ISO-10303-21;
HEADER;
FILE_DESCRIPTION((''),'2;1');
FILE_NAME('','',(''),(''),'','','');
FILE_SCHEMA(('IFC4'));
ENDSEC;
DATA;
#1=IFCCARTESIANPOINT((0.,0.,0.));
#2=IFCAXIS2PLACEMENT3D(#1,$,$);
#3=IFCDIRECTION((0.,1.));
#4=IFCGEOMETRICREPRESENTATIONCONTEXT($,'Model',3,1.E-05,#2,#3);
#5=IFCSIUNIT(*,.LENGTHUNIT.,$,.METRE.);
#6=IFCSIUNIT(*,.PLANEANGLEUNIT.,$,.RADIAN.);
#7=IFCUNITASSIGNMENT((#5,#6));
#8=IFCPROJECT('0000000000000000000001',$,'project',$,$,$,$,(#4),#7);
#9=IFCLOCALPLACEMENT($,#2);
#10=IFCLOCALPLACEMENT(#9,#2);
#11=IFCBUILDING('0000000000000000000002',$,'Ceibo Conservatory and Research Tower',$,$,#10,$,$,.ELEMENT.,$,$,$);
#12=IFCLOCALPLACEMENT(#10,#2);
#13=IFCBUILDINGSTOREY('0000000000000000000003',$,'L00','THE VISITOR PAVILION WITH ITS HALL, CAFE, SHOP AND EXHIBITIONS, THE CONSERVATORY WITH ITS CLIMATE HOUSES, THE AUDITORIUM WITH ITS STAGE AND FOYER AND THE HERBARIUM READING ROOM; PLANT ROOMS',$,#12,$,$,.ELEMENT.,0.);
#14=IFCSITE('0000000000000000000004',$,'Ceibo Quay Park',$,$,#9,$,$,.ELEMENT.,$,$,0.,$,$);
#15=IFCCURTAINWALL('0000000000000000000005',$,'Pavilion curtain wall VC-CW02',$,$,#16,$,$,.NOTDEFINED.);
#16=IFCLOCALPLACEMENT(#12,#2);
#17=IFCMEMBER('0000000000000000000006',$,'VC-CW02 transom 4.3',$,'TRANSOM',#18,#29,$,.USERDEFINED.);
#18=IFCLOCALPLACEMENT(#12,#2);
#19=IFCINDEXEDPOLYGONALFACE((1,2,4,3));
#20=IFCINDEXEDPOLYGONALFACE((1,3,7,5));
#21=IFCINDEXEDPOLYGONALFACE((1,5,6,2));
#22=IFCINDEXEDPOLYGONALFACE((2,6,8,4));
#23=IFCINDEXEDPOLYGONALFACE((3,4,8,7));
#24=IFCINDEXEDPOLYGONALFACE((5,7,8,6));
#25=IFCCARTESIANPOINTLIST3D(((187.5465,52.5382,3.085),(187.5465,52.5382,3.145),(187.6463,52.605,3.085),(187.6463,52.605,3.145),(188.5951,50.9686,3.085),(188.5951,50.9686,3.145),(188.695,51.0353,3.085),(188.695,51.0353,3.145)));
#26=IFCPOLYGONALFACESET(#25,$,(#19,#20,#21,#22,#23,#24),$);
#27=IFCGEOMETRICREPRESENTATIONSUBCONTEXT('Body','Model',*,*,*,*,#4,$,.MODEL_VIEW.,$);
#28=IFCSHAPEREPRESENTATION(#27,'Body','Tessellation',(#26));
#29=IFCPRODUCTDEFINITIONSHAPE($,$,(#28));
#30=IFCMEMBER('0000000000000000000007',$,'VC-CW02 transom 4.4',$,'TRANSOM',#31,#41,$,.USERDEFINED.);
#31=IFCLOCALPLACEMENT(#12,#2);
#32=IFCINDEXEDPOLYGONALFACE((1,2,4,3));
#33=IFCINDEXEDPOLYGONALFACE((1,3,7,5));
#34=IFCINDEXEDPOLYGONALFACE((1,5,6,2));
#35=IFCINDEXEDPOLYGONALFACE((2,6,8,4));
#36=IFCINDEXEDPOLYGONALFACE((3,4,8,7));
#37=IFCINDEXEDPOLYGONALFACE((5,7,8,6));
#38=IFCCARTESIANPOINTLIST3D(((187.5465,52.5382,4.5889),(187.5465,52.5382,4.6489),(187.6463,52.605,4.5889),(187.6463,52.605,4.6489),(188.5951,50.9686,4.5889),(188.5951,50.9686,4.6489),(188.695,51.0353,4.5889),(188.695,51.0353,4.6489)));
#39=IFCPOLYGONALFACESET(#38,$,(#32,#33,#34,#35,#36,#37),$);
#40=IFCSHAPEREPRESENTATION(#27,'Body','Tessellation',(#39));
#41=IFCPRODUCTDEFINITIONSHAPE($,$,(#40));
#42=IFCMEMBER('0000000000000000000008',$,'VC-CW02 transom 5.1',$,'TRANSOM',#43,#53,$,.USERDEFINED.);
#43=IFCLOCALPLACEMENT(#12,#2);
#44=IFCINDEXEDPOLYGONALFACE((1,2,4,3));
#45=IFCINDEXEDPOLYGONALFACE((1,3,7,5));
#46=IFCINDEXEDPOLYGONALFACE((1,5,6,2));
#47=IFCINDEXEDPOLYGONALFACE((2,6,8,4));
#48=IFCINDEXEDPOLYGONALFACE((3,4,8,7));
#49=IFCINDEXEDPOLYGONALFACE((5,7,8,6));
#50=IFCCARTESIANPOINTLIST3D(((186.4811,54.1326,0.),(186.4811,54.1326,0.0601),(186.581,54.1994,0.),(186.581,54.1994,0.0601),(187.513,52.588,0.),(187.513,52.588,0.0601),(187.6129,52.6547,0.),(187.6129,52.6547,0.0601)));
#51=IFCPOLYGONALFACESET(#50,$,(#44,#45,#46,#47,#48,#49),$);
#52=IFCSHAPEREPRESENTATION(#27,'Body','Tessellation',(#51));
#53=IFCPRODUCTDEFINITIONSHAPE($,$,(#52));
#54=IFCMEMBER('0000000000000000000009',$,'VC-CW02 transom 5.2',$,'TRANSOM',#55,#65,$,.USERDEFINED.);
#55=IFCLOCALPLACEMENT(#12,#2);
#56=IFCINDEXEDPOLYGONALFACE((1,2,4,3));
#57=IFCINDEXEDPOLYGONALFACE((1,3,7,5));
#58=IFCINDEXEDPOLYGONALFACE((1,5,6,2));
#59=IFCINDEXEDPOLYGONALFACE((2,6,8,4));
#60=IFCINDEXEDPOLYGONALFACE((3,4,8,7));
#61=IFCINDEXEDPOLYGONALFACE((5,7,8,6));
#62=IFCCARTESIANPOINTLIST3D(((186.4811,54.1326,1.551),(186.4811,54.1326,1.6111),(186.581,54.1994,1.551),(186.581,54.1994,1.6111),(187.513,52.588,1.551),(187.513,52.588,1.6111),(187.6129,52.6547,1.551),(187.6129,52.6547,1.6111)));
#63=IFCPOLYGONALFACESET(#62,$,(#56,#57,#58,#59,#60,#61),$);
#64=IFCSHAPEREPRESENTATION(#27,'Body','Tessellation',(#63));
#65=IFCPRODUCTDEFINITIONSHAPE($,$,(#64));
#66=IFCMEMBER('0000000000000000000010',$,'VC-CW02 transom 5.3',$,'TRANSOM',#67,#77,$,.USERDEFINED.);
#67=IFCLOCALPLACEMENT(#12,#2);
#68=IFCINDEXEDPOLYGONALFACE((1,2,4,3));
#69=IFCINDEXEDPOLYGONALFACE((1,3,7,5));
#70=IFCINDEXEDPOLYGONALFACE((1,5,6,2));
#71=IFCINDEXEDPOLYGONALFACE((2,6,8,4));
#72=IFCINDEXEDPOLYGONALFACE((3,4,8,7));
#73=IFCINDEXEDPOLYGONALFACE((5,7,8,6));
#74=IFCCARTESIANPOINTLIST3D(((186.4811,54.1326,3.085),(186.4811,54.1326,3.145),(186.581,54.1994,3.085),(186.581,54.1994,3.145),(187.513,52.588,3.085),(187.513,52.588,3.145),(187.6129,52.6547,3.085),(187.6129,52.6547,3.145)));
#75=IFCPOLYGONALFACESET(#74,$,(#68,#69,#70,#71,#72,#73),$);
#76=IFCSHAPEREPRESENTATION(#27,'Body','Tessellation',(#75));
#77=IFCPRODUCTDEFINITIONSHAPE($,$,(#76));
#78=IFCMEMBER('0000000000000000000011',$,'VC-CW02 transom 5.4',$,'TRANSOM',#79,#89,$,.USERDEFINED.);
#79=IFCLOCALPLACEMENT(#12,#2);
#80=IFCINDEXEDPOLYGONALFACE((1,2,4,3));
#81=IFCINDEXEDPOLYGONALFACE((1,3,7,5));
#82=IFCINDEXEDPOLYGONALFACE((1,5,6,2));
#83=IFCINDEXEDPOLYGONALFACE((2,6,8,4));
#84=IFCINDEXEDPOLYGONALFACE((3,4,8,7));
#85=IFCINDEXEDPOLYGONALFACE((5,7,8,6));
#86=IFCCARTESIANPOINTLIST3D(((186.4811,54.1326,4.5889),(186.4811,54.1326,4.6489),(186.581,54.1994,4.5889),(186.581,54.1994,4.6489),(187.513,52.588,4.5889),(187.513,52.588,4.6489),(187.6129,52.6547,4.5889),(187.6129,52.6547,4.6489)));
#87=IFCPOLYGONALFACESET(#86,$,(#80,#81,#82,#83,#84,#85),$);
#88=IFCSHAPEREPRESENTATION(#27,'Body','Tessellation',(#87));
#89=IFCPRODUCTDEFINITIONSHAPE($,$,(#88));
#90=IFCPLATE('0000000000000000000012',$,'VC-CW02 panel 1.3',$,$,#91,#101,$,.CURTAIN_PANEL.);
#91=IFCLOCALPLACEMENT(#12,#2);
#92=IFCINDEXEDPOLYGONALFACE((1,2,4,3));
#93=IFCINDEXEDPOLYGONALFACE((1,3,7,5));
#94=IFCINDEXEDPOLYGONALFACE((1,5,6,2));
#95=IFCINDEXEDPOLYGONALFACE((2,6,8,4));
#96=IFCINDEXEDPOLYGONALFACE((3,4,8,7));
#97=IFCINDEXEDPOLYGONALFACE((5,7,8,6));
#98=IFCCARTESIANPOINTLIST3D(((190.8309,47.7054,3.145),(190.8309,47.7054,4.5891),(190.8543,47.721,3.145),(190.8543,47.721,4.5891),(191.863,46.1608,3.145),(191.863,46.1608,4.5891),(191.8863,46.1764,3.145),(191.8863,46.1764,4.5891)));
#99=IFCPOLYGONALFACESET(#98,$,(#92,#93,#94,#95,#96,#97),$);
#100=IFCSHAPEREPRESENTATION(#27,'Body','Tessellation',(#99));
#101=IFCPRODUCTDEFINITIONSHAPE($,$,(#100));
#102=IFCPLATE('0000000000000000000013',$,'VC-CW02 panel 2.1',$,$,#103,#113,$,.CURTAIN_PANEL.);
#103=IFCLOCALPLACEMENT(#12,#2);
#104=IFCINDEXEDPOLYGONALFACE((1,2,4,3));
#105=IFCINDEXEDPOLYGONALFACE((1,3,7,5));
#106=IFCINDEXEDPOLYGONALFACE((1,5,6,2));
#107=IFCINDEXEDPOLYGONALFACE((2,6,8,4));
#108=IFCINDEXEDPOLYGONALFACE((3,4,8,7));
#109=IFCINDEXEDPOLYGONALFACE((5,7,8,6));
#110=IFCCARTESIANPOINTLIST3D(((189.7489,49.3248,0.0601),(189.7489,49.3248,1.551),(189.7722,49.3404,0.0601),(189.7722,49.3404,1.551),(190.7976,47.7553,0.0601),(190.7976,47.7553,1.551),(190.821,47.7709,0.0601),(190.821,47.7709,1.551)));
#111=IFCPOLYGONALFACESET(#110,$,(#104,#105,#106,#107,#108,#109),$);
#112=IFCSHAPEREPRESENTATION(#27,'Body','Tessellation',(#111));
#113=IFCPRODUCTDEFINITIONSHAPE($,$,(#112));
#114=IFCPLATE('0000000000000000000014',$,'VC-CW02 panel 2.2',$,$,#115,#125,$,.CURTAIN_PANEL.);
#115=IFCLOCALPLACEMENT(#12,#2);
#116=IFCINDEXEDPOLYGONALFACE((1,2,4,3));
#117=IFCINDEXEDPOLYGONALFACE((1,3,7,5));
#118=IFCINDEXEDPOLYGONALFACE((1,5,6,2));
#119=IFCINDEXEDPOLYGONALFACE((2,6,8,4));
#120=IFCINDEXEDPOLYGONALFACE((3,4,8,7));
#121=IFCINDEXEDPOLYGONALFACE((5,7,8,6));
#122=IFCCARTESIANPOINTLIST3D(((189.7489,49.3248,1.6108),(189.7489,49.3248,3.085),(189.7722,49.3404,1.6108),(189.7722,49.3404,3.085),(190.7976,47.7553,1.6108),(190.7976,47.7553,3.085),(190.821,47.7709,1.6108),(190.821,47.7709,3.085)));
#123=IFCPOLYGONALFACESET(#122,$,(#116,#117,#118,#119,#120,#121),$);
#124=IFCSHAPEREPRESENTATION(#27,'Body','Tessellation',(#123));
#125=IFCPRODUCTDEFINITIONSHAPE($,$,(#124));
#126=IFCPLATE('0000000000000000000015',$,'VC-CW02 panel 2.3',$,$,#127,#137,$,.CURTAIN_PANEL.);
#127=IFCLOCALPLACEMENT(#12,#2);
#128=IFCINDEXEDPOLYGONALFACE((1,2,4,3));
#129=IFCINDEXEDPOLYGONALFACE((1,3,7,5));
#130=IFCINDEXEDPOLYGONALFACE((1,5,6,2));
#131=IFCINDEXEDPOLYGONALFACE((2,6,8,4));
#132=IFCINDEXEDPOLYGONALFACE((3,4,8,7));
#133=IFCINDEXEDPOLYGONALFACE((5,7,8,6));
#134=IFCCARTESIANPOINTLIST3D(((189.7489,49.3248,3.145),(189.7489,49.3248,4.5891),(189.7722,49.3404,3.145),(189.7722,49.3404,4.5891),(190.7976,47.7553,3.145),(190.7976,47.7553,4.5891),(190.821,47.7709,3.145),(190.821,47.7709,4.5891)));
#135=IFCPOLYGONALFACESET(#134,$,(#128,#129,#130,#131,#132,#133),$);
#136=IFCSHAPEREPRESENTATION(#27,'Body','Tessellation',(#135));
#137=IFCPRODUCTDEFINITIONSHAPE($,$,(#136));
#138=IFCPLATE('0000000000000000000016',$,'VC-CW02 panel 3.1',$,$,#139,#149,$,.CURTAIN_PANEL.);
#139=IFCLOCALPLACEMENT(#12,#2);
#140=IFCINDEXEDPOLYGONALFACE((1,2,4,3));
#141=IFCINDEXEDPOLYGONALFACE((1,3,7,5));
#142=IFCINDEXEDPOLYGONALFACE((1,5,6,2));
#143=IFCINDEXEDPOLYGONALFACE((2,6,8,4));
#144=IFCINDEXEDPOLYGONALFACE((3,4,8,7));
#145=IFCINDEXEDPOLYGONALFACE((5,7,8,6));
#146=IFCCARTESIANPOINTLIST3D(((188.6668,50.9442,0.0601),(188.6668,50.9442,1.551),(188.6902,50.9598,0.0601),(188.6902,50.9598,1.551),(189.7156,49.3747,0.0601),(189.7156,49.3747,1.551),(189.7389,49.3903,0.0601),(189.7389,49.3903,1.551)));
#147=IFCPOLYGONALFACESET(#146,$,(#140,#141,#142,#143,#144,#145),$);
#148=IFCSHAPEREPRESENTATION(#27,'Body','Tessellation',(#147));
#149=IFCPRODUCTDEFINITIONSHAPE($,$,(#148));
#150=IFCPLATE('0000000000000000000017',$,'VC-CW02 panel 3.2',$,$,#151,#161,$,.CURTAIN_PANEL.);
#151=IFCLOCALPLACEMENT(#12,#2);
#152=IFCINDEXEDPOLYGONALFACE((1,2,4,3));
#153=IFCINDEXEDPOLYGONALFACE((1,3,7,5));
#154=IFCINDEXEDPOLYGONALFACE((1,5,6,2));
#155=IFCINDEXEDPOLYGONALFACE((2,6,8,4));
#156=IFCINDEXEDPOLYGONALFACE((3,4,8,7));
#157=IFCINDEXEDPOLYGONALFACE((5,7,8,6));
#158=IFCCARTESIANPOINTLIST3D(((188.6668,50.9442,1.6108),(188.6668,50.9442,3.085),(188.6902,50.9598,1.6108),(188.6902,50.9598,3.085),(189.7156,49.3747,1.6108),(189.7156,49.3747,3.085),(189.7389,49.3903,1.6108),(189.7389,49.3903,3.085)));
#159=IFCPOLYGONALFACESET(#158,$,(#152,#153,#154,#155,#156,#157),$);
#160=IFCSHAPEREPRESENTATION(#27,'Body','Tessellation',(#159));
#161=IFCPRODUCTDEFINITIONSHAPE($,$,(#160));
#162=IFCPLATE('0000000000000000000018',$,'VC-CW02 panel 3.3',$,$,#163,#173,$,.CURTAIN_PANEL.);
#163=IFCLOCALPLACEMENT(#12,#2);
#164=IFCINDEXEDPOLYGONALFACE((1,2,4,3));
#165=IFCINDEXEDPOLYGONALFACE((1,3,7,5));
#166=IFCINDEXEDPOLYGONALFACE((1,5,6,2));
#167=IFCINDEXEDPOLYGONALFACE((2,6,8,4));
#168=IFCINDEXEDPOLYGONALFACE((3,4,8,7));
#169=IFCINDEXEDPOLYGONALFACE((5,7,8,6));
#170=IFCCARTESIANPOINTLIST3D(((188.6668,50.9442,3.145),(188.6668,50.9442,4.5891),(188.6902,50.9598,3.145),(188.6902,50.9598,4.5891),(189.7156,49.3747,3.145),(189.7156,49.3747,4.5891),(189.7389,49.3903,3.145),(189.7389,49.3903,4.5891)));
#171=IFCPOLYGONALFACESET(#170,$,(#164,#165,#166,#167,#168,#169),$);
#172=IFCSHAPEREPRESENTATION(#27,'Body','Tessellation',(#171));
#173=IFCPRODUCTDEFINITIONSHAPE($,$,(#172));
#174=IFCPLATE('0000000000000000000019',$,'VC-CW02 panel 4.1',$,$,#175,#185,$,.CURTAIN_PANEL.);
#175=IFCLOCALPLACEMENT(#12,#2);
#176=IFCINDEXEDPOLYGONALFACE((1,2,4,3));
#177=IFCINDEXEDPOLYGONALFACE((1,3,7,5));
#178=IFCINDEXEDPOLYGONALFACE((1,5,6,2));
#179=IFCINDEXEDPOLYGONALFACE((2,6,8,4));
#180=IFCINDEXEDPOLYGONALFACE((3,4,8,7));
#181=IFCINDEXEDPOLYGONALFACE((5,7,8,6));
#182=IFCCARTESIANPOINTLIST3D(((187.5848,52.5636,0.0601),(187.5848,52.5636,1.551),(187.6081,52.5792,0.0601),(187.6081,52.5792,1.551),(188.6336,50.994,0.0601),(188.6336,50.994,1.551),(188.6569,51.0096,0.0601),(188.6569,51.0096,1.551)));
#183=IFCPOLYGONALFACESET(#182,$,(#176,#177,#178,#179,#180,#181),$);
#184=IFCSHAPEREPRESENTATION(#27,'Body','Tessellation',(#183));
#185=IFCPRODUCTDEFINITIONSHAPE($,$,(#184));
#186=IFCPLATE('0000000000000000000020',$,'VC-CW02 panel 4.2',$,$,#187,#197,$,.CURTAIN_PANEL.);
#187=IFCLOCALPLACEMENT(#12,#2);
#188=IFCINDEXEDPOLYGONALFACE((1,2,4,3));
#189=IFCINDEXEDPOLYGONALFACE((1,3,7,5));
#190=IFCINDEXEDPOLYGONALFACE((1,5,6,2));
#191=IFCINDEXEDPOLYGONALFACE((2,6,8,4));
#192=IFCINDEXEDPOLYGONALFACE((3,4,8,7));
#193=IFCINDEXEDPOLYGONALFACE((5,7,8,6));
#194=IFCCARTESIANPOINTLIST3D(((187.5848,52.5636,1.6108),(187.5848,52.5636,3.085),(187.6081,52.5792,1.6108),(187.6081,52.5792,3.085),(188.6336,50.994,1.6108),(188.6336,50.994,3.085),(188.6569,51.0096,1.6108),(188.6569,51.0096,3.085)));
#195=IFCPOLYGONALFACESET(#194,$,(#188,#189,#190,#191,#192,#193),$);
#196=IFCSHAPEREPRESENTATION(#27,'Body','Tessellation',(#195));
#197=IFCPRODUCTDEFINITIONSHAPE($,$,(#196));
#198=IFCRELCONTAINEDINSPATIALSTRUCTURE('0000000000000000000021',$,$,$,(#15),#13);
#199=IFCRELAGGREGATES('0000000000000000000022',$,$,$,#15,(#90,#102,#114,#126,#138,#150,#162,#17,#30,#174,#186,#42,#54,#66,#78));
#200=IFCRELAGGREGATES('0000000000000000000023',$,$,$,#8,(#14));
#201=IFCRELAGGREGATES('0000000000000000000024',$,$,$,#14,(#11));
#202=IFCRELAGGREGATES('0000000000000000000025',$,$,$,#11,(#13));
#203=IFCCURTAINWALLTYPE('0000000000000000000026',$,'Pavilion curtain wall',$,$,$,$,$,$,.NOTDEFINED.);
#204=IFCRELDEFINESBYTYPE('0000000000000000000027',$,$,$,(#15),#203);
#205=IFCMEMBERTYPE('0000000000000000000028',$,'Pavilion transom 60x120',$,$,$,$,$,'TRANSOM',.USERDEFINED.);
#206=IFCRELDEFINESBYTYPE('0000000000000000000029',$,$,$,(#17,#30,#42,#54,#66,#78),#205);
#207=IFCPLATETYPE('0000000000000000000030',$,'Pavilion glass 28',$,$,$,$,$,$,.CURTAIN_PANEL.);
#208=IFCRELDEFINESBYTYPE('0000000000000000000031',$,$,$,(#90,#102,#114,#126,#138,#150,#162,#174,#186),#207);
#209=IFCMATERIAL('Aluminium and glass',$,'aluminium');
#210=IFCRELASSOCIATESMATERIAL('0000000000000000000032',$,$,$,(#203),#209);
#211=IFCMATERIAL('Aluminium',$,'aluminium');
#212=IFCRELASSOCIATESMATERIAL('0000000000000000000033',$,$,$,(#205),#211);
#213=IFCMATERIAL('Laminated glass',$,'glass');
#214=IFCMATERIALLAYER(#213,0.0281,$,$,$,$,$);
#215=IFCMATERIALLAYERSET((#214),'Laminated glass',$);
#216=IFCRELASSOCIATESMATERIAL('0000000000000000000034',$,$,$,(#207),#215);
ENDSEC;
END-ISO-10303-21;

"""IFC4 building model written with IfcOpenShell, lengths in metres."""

from ifc_helpers import new_model, si_unit, direction, frame, origin, origin_2d, place, context, subcontext, project, spatial, rectangle, extrude, material, layer, layer_set, material_profile, profile_set, type_object, element, aggregate, save


model = new_model("IFC4")

# Units and contexts
model_context = context("Model", 3, precision=1e-05, world=origin(), true_north=direction((0.0, 1.0)))
body_context = subcontext(model_context, "Body", "Model", "MODEL_VIEW")
ifc_project = project(units=[si_unit("LENGTHUNIT", "METRE"), si_unit("PLANEANGLEUNIT", "RADIAN")], contexts=[model_context])

# Site, building, storey
site_placement = place(None, origin())
site = spatial("IfcSite", under=ifc_project, at=site_placement, Name="Ceibo Quay Park", CompositionType="ELEMENT", RefElevation=0.0)
building_placement = place(site_placement, origin())
building = spatial("IfcBuilding", under=site, at=building_placement, Name="Ceibo Conservatory and Research Tower", CompositionType="ELEMENT")
storey_placement = place(building_placement, origin())
storey = spatial("IfcBuildingStorey", under=building, at=storey_placement, Name="L00", Description="THE VISITOR PAVILION WITH ITS HALL, CAFE, SHOP AND EXHIBITIONS, THE CONSERVATORY WITH ITS CLIMATE HOUSES, THE AUDITORIUM WITH ITS STAGE AND FOYER AND THE HERBARIUM READING ROOM; PLANT ROOMS", CompositionType="ELEMENT", Elevation=0.0)

# Curtain wall, members, plates
ifc_material_1 = material(Name="Aluminium and glass", Category="aluminium")
curtain_wall_type = type_object("IfcCurtainWallType", Name="Pavilion curtain wall", PredefinedType="NOTDEFINED", material=ifc_material_1)
curtain_wall_placement = place(storey_placement, origin())
curtain_wall = element("IfcCurtainWall", 1, at=curtain_wall_placement, inside=storey, type_object=curtain_wall_type, Name="Pavilion curtain wall VC-CW02", PredefinedType="NOTDEFINED")
ifc_material_2 = material(Name="Aluminium", Category="aluminium")
ifc_material_profile_1 = material_profile(ifc_material_2, rectangle(XDim=0.1201, YDim=0.0601, at=origin_2d()), Name="AL 60x120")
ifc_profile_set_1 = profile_set([ifc_material_profile_1], Name="Aluminium")
member_type_1 = type_object("IfcMemberType", Name="Pavilion transom 60x120", ElementType="TRANSOM", PredefinedType="USERDEFINED", material=ifc_profile_set_1)
member_1_placement = place(storey_placement, frame((188.645, 51.002, 3.115), z_axis=(-0.555506, 0.831513, 0.0), x_axis=(-0.831513, -0.555506, 0.0)))
member_1 = element("IfcMember", 2, at=member_1_placement, type_object=member_type_1, Name="VC-CW02 transom 4.3", ObjectType="TRANSOM", PredefinedType="USERDEFINED", context=body_context, shape_type="SweptSolid", body=[
    extrude(rectangle(XDim=0.1201, YDim=0.0601, at=origin_2d()), origin(), (0.0, 0.0, 1.0), 1.8877),
])
member_2_placement = place(storey_placement, frame((188.645, 51.002, 4.6189), z_axis=(-0.555506, 0.831513, 0.0), x_axis=(-0.831513, -0.555506, 0.0)))
member_2 = element("IfcMember", 3, at=member_2_placement, type_object=member_type_1, Name="VC-CW02 transom 4.4", ObjectType="TRANSOM", PredefinedType="USERDEFINED", context=body_context, shape_type="SweptSolid", body=[
    extrude(rectangle(XDim=0.1201, YDim=0.0601, at=origin_2d()), origin(), (0.0, 0.0, 1.0), 1.8877),
])
member_3_placement = place(storey_placement, frame((187.563, 52.6213, 0.03), z_axis=(-0.555519, 0.831504, 0.0), x_axis=(-0.831504, -0.555519, 0.0)))
member_3 = element("IfcMember", 4, at=member_3_placement, type_object=member_type_1, Name="VC-CW02 transom 5.1", ObjectType="TRANSOM", PredefinedType="USERDEFINED", context=body_context, shape_type="SweptSolid", body=[
    extrude(rectangle(XDim=0.1201, YDim=0.0601, at=origin_2d()), origin(), (0.0, 0.0, 1.0), 1.8577),
])
member_4_placement = place(storey_placement, frame((187.563, 52.6213, 1.5811), z_axis=(-0.555519, 0.831504, 0.0), x_axis=(-0.831504, -0.555519, 0.0)))
member_4 = element("IfcMember", 5, at=member_4_placement, type_object=member_type_1, Name="VC-CW02 transom 5.2", ObjectType="TRANSOM", PredefinedType="USERDEFINED", context=body_context, shape_type="SweptSolid", body=[
    extrude(rectangle(XDim=0.1201, YDim=0.0601, at=origin_2d()), origin(), (0.0, 0.0, 1.0), 1.8577),
])
member_5_placement = place(storey_placement, frame((187.563, 52.6213, 3.115), z_axis=(-0.555519, 0.831504, 0.0), x_axis=(-0.831504, -0.555519, 0.0)))
member_5 = element("IfcMember", 6, at=member_5_placement, type_object=member_type_1, Name="VC-CW02 transom 5.3", ObjectType="TRANSOM", PredefinedType="USERDEFINED", context=body_context, shape_type="SweptSolid", body=[
    extrude(rectangle(XDim=0.1201, YDim=0.0601, at=origin_2d()), origin(), (0.0, 0.0, 1.0), 1.8577),
])
member_6_placement = place(storey_placement, frame((187.563, 52.6213, 4.6189), z_axis=(-0.555519, 0.831504, 0.0), x_axis=(-0.831504, -0.555519, 0.0)))
member_6 = element("IfcMember", 7, at=member_6_placement, type_object=member_type_1, Name="VC-CW02 transom 5.4", ObjectType="TRANSOM", PredefinedType="USERDEFINED", context=body_context, shape_type="SweptSolid", body=[
    extrude(rectangle(XDim=0.1201, YDim=0.0601, at=origin_2d()), origin(), (0.0, 0.0, 1.0), 1.8577),
])
ifc_material_3 = material(Name="Laminated glass", Category="glass")
ifc_layer = layer(ifc_material_3, 0.0281)
ifc_layer_set = layer_set([ifc_layer], Name="Laminated glass")
plate_type = type_object("IfcPlateType", Name="Pavilion glass 28", PredefinedType="CURTAIN_PANEL", material=ifc_layer_set)
plate_1_placement = place(storey_placement, frame((191.3586, 46.9409, 3.145), z_axis=(0.0, 0.0, 1.0), x_axis=(-0.55557, 0.83147, 0.0)))
plate_1 = element("IfcPlate", 8, at=plate_1_placement, type_object=plate_type, Name="VC-CW02 panel 1.3", PredefinedType="CURTAIN_PANEL", context=body_context, shape_type="SweptSolid", body=[
    extrude(rectangle(XDim=1.8577, YDim=0.0281, at=origin_2d()), origin(), (0.0, 0.0, 1.0), 1.4441),
])
plate_2_placement = place(storey_placement, frame((190.2849, 48.5479, 0.0601), z_axis=(0.0, 0.0, 1.0), x_axis=(-0.55557, 0.83147, 0.0)))
plate_2 = element("IfcPlate", 9, at=plate_2_placement, type_object=plate_type, Name="VC-CW02 panel 2.1", PredefinedType="CURTAIN_PANEL", context=body_context, shape_type="SweptSolid", body=[
    extrude(rectangle(XDim=1.8877, YDim=0.0281, at=origin_2d()), origin(), (0.0, 0.0, 1.0), 1.491),
])
plate_3_placement = place(storey_placement, frame((190.2849, 48.5479, 1.6108), z_axis=(0.0, 0.0, 1.0), x_axis=(-0.55557, 0.83147, 0.0)))
plate_3 = element("IfcPlate", 10, at=plate_3_placement, type_object=plate_type, Name="VC-CW02 panel 2.2", PredefinedType="CURTAIN_PANEL", context=body_context, shape_type="SweptSolid", body=[
    extrude(rectangle(XDim=1.8877, YDim=0.0281, at=origin_2d()), origin(), (0.0, 0.0, 1.0), 1.4741),
])
plate_4_placement = place(storey_placement, frame((190.2849, 48.5479, 3.145), z_axis=(0.0, 0.0, 1.0), x_axis=(-0.55557, 0.83147, 0.0)))
plate_4 = element("IfcPlate", 11, at=plate_4_placement, type_object=plate_type, Name="VC-CW02 panel 2.3", PredefinedType="CURTAIN_PANEL", context=body_context, shape_type="SweptSolid", body=[
    extrude(rectangle(XDim=1.8877, YDim=0.0281, at=origin_2d()), origin(), (0.0, 0.0, 1.0), 1.4441),
])
plate_5_placement = place(storey_placement, frame((189.2029, 50.1672, 0.0601), z_axis=(0.0, 0.0, 1.0), x_axis=(-0.55557, 0.83147, 0.0)))
plate_5 = element("IfcPlate", 12, at=plate_5_placement, type_object=plate_type, Name="VC-CW02 panel 3.1", PredefinedType="CURTAIN_PANEL", context=body_context, shape_type="SweptSolid", body=[
    extrude(rectangle(XDim=1.8877, YDim=0.0281, at=origin_2d()), origin(), (0.0, 0.0, 1.0), 1.491),
])
plate_6_placement = place(storey_placement, frame((189.2029, 50.1672, 1.6108), z_axis=(0.0, 0.0, 1.0), x_axis=(-0.55557, 0.83147, 0.0)))
plate_6 = element("IfcPlate", 13, at=plate_6_placement, type_object=plate_type, Name="VC-CW02 panel 3.2", PredefinedType="CURTAIN_PANEL", context=body_context, shape_type="SweptSolid", body=[
    extrude(rectangle(XDim=1.8877, YDim=0.0281, at=origin_2d()), origin(), (0.0, 0.0, 1.0), 1.4741),
])
plate_7_placement = place(storey_placement, frame((189.2029, 50.1672, 3.145), z_axis=(0.0, 0.0, 1.0), x_axis=(-0.55557, 0.83147, 0.0)))
plate_7 = element("IfcPlate", 14, at=plate_7_placement, type_object=plate_type, Name="VC-CW02 panel 3.3", PredefinedType="CURTAIN_PANEL", context=body_context, shape_type="SweptSolid", body=[
    extrude(rectangle(XDim=1.8877, YDim=0.0281, at=origin_2d()), origin(), (0.0, 0.0, 1.0), 1.4441),
])
plate_8_placement = place(storey_placement, frame((188.1208, 51.7866, 0.0601), z_axis=(0.0, 0.0, 1.0), x_axis=(-0.55557, 0.83147, 0.0)))
plate_8 = element("IfcPlate", 15, at=plate_8_placement, type_object=plate_type, Name="VC-CW02 panel 4.1", PredefinedType="CURTAIN_PANEL", context=body_context, shape_type="SweptSolid", body=[
    extrude(rectangle(XDim=1.8877, YDim=0.0281, at=origin_2d()), origin(), (0.0, 0.0, 1.0), 1.491),
])
plate_9_placement = place(storey_placement, frame((188.1208, 51.7866, 1.6108), z_axis=(0.0, 0.0, 1.0), x_axis=(-0.55557, 0.83147, 0.0)))
plate_9 = element("IfcPlate", 16, at=plate_9_placement, type_object=plate_type, Name="VC-CW02 panel 4.2", PredefinedType="CURTAIN_PANEL", context=body_context, shape_type="SweptSolid", body=[
    extrude(rectangle(XDim=1.8877, YDim=0.0281, at=origin_2d()), origin(), (0.0, 0.0, 1.0), 1.4741),
])
aggregate(curtain_wall, [plate_1, plate_2, plate_3, plate_4, plate_5, plate_6, plate_7, member_1, member_2, plate_8, plate_9, member_3, member_4, member_5, member_6])

save(model, "model.ifc")
